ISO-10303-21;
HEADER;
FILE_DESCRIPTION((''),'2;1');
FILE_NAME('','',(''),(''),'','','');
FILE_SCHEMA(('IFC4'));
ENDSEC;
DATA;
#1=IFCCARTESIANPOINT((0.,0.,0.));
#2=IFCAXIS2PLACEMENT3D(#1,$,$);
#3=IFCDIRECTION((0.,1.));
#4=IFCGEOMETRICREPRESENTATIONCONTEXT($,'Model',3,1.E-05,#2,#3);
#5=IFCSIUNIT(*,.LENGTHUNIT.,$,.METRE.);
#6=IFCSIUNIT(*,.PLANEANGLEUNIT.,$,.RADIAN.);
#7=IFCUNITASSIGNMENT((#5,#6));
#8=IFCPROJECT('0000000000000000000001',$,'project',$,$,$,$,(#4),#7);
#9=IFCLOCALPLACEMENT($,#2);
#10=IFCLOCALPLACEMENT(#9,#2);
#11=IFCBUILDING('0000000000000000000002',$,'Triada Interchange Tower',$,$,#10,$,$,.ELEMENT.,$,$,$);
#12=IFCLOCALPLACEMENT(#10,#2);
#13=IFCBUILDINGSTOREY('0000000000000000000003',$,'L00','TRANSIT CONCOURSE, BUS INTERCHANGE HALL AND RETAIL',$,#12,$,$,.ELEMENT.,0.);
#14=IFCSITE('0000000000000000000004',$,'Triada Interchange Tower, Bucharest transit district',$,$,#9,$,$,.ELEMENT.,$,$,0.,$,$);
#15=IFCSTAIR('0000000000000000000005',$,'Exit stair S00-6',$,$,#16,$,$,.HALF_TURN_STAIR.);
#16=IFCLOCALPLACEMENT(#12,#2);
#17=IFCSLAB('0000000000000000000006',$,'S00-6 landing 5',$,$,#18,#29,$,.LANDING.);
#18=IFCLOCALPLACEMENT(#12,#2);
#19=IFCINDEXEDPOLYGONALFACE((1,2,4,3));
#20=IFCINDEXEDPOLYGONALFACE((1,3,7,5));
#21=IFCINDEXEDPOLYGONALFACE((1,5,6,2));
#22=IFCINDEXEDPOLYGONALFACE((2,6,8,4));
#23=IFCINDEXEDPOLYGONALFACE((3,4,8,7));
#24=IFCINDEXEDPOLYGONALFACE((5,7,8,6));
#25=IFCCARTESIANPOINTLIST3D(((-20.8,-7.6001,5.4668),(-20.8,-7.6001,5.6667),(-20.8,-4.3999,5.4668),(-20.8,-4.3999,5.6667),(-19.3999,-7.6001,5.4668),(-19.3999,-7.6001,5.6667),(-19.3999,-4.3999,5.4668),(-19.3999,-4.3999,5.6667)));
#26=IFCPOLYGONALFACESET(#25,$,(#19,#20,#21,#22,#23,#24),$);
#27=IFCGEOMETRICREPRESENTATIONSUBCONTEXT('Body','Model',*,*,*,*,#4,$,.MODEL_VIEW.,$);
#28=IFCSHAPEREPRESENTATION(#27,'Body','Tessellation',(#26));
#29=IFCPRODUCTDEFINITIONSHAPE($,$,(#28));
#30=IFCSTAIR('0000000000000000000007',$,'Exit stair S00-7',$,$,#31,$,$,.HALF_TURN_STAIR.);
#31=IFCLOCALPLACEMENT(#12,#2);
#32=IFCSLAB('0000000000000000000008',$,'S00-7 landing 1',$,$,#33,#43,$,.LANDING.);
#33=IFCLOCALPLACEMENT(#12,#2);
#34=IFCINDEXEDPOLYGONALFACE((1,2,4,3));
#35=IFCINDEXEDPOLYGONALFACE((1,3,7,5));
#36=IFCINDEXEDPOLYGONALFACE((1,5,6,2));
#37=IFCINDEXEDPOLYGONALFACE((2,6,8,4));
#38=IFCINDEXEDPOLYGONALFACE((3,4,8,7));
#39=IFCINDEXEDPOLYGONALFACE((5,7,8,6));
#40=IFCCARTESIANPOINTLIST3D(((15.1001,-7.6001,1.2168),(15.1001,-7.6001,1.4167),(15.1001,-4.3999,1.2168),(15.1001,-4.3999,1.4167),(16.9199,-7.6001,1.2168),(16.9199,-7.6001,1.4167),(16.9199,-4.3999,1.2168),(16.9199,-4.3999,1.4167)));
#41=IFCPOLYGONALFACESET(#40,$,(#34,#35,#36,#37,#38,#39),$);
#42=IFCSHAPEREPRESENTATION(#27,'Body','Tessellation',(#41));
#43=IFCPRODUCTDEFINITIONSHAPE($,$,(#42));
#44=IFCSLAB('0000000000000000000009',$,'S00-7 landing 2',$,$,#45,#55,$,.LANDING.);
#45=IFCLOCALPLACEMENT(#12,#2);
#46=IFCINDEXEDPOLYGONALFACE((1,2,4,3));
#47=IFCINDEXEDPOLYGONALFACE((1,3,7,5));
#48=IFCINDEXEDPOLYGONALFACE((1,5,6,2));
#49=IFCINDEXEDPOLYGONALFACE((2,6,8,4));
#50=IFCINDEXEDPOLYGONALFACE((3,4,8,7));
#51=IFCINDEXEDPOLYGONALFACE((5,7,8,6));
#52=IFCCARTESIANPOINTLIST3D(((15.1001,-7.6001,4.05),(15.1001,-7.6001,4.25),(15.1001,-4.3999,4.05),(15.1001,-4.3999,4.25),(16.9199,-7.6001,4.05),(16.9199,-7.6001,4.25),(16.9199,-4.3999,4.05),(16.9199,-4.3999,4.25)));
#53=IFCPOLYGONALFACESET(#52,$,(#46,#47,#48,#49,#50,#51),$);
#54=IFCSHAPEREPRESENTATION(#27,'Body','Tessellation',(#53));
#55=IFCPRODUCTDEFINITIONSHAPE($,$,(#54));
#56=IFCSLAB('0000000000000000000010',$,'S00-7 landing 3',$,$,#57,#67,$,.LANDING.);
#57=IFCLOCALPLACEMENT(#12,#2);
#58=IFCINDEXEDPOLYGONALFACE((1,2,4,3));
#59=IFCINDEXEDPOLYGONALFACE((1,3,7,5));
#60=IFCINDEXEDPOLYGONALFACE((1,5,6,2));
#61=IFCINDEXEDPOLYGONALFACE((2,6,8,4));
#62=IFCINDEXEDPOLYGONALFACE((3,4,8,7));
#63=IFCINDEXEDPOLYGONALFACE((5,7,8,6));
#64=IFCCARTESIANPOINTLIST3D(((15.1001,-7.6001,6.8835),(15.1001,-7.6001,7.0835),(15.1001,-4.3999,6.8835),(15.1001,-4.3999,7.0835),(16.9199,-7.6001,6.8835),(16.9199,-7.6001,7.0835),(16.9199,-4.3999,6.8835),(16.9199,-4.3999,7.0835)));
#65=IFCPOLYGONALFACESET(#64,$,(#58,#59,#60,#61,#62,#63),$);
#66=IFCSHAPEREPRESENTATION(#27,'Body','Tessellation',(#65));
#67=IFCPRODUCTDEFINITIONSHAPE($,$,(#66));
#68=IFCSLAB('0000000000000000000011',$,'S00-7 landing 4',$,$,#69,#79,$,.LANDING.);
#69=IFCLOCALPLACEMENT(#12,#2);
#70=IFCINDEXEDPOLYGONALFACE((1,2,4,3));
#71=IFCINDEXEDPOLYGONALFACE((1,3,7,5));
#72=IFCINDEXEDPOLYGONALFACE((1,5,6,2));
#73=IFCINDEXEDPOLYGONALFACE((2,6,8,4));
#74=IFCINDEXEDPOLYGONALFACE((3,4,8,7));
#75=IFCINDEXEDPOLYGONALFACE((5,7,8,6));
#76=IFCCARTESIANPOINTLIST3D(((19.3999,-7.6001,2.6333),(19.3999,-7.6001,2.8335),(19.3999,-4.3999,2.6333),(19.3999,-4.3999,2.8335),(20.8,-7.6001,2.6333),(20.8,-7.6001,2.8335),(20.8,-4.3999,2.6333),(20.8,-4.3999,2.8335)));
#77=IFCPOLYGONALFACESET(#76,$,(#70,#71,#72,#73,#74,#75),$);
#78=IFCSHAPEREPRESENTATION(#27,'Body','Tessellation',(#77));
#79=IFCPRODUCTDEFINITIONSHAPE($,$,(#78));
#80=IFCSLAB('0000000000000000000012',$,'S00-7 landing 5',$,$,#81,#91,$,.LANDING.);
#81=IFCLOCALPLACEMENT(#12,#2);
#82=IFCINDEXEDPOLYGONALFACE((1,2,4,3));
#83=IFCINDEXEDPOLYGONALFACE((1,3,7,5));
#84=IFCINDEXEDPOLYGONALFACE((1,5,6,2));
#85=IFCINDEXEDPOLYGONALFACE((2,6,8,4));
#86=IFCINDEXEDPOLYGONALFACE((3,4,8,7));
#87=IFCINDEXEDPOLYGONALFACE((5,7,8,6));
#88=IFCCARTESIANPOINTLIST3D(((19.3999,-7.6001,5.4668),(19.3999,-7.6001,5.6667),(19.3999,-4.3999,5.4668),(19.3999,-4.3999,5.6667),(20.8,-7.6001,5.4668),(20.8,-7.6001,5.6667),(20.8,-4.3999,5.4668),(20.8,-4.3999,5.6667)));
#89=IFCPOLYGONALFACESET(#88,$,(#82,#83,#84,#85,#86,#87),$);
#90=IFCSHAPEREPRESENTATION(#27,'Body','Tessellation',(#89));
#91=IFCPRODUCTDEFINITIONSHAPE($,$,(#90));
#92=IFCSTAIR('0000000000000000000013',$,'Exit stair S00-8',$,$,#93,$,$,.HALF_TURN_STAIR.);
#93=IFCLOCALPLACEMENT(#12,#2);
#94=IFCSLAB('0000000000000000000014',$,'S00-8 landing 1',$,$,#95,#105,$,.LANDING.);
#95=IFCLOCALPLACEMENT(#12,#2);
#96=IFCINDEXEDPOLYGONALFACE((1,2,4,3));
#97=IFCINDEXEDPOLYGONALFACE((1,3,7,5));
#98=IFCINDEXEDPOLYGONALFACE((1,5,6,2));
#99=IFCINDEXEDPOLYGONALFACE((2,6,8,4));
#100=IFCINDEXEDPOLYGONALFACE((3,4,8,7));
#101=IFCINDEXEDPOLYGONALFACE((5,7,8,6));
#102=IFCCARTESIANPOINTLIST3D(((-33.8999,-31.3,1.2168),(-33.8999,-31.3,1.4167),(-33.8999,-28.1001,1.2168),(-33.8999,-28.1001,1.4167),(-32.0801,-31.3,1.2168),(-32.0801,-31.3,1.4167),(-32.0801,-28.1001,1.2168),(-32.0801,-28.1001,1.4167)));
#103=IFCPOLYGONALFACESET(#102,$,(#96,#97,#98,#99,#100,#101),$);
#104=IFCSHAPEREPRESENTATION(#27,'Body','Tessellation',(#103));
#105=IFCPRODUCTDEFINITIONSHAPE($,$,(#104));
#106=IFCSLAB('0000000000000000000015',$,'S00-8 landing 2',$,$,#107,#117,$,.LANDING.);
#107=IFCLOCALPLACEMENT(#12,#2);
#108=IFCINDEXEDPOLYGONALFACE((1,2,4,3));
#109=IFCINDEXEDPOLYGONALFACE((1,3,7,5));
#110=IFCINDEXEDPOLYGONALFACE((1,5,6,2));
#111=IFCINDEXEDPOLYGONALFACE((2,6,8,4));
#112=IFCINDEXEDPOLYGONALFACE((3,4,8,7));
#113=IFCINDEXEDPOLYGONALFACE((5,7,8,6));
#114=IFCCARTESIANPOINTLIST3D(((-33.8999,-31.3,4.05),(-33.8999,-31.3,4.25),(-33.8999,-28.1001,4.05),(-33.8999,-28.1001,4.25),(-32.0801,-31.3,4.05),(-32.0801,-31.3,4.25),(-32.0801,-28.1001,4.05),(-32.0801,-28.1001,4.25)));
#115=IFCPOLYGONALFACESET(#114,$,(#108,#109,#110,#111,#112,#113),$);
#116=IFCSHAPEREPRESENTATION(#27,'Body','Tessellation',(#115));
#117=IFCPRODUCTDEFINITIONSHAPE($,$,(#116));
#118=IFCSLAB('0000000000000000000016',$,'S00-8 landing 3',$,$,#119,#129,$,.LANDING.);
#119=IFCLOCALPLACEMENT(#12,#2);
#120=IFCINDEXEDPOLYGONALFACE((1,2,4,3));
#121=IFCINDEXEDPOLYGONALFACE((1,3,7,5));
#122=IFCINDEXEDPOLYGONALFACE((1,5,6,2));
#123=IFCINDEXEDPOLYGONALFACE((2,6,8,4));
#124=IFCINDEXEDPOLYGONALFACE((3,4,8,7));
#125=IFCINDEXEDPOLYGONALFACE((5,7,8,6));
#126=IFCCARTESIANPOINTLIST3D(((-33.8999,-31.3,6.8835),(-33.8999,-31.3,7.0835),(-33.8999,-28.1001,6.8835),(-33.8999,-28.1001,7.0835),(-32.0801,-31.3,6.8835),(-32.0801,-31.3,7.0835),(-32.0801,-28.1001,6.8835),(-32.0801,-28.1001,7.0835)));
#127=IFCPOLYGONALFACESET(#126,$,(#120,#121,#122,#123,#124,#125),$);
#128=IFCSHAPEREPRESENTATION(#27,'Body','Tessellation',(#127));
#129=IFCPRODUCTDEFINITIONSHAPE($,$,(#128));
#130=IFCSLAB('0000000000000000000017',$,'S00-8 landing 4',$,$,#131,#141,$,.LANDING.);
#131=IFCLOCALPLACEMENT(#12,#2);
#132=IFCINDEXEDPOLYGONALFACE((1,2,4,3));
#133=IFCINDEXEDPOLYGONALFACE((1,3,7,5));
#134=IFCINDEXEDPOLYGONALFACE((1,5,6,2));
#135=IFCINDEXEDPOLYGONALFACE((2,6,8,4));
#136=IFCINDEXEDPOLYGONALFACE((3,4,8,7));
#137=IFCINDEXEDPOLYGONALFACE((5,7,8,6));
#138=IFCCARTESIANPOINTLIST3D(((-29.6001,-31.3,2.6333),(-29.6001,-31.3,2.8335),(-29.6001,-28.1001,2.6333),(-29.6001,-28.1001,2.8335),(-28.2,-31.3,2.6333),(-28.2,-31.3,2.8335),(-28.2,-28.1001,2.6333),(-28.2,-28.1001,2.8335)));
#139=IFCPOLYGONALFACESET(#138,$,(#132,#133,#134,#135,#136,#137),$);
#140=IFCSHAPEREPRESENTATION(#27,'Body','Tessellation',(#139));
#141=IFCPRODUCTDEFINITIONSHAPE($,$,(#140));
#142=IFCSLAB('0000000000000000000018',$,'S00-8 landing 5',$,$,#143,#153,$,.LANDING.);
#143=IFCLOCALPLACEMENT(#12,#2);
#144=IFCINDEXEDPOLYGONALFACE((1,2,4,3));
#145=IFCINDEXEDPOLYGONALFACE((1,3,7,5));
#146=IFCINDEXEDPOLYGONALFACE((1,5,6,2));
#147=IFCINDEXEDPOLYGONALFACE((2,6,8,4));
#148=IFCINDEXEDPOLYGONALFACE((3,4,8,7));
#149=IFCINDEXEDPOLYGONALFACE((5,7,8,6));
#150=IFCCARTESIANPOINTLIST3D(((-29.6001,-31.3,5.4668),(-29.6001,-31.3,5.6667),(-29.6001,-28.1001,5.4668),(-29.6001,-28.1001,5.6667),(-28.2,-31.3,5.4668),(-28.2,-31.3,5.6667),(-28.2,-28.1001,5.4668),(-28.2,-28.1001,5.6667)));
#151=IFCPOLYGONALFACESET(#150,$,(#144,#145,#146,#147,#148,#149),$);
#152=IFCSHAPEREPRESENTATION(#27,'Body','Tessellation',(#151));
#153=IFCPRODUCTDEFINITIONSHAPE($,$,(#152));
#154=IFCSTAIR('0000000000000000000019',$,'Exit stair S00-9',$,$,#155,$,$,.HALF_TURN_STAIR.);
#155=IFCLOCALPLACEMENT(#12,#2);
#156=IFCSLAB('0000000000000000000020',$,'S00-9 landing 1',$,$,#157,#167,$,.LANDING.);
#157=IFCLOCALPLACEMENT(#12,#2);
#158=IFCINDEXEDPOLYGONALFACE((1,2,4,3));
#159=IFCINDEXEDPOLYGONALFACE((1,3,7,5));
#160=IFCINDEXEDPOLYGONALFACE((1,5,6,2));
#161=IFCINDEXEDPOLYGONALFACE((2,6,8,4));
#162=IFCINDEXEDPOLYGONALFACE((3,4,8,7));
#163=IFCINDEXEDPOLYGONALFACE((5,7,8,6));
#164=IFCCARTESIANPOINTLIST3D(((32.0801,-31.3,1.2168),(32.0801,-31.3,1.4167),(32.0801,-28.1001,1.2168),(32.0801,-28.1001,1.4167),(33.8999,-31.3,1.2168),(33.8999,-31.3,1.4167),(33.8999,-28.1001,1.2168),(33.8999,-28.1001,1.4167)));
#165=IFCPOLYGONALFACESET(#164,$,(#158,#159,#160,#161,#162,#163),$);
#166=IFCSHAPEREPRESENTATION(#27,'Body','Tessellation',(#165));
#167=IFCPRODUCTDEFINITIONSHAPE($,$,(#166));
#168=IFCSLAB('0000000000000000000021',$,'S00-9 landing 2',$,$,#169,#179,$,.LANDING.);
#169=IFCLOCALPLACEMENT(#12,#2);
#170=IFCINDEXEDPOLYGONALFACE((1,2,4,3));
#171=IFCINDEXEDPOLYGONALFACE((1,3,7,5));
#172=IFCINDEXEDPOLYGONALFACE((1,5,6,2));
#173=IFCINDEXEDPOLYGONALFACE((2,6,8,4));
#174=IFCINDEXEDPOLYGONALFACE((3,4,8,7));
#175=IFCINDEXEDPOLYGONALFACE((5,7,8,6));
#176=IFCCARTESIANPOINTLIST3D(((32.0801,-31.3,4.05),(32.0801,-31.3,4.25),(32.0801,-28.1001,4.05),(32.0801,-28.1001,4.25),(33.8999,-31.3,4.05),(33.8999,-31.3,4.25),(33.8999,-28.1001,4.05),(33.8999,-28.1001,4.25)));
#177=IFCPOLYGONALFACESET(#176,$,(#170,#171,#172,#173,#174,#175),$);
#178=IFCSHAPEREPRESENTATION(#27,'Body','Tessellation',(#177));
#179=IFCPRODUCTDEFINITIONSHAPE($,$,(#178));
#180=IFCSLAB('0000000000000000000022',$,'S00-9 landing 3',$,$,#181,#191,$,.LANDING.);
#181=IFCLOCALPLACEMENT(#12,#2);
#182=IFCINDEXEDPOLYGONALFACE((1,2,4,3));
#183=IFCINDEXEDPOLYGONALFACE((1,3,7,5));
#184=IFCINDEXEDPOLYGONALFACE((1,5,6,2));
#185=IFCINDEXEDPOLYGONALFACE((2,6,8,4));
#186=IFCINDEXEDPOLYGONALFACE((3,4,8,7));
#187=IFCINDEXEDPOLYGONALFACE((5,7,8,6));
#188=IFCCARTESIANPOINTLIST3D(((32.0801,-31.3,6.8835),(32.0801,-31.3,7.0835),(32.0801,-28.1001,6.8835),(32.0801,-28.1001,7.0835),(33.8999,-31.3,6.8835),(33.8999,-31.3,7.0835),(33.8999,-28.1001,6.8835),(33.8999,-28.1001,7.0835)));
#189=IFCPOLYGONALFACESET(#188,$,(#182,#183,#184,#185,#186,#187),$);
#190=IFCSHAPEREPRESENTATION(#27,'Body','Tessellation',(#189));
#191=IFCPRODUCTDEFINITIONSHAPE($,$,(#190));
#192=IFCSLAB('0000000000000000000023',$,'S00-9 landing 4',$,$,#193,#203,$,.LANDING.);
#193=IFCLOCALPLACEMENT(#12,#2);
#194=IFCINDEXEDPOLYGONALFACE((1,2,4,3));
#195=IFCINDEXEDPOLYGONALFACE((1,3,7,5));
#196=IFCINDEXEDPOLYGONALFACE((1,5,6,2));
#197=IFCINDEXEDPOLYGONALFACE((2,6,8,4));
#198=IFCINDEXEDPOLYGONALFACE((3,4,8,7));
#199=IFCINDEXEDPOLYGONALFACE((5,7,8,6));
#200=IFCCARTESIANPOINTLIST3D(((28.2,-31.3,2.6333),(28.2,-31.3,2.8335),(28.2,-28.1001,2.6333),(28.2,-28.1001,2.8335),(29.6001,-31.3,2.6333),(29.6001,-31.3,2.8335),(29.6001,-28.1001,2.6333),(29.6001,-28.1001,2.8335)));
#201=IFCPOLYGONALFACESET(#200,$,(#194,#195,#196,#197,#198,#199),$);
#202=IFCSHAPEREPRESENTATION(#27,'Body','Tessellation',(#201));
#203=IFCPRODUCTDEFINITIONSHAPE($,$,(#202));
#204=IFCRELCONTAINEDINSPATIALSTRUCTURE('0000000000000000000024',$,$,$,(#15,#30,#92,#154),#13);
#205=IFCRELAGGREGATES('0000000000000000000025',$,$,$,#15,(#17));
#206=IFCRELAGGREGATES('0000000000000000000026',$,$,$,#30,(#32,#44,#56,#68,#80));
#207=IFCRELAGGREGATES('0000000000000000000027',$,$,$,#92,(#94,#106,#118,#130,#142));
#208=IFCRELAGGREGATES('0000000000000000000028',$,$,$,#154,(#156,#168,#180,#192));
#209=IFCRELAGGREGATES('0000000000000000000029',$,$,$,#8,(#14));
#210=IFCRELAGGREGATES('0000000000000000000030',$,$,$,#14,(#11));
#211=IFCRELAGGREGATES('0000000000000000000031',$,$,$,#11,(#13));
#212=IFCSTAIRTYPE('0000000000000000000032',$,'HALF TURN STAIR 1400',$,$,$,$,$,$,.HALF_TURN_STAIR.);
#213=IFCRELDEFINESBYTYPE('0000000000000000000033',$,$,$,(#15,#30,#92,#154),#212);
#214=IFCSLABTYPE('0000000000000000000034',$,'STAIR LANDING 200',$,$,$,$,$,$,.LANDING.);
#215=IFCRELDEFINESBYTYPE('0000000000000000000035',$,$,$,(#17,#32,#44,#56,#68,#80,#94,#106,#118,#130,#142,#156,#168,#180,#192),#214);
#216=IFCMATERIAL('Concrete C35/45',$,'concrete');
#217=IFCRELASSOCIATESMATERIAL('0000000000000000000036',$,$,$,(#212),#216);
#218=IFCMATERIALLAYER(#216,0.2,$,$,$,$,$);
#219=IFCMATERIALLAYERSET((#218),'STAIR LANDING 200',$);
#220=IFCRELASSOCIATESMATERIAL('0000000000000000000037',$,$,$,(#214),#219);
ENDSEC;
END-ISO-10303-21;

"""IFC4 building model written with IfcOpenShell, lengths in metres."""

from ifc_helpers import new_model, si_unit, direction, frame, origin, place, context, subcontext, project, spatial, polyline, outline, extrude, material, layer, layer_set, type_object, element, aggregate, save


model = new_model("IFC4")

# Units and contexts
model_context = context("Model", 3, precision=1e-05, world=origin(), true_north=direction((0.0, 1.0)))
body_context = subcontext(model_context, "Body", "Model", "MODEL_VIEW")
ifc_project = project(units=[si_unit("LENGTHUNIT", "METRE"), si_unit("PLANEANGLEUNIT", "RADIAN")], contexts=[model_context])

# Site, building, storey
site_placement = place(None, origin())
site = spatial("IfcSite", under=ifc_project, at=site_placement, Name="Triada Interchange Tower, Bucharest transit district", CompositionType="ELEMENT", RefElevation=0.0)
building_placement = place(site_placement, origin())
building = spatial("IfcBuilding", under=site, at=building_placement, Name="Triada Interchange Tower", CompositionType="ELEMENT")
storey_placement = place(building_placement, origin())
storey = spatial("IfcBuildingStorey", under=building, at=storey_placement, Name="L00", Description="TRANSIT CONCOURSE, BUS INTERCHANGE HALL AND RETAIL", CompositionType="ELEMENT", Elevation=0.0)

# Stair, slab
ifc_material_1 = material(Name="Concrete C35/45", Category="concrete")
stair_type = type_object("IfcStairType", Name="HALF TURN STAIR 1400", PredefinedType="HALF_TURN_STAIR", material=ifc_material_1)
stair_1_placement = place(storey_placement, origin())
stair_1 = element("IfcStair", 1, at=stair_1_placement, inside=storey, type_object=stair_type, Name="Exit stair S00-6", PredefinedType="HALF_TURN_STAIR")
ifc_layer_1 = layer(ifc_material_1, 0.2)
ifc_layer_set_1 = layer_set([ifc_layer_1], Name="STAIR LANDING 200")
slab_type = type_object("IfcSlabType", Name="STAIR LANDING 200", PredefinedType="LANDING", material=ifc_layer_set_1)
slab_1_placement = place(storey_placement, frame((0.0, 0.0, 5.4668)))
slab_1 = element("IfcSlab", 2, at=slab_1_placement, type_object=slab_type, Name="S00-6 landing 5", PredefinedType="LANDING", context=body_context, shape_type="SweptSolid", body=[
    extrude(outline(polyline([(-19.3999, -4.3999), (-20.8, -4.3999), (-20.8, -7.6001), (-19.3999, -7.6001), (-19.3999, -4.3999)])), origin(), (0.0, 0.0, 1.0), 0.2),
])
aggregate(stair_1, [slab_1])

# Stairs, slabs
stair_2_placement = place(storey_placement, origin())
stair_2 = element("IfcStair", 3, at=stair_2_placement, inside=storey, type_object=stair_type, Name="Exit stair S00-7", PredefinedType="HALF_TURN_STAIR")
slab_2_placement = place(storey_placement, frame((0.0, 0.0, 1.2168)))
slab_2 = element("IfcSlab", 4, at=slab_2_placement, type_object=slab_type, Name="S00-7 landing 1", PredefinedType="LANDING", context=body_context, shape_type="SweptSolid", body=[
    extrude(outline(polyline([(15.1001, -7.6001), (16.9199, -7.6001), (16.9199, -4.3999), (15.1001, -4.3999), (15.1001, -7.6001)])), origin(), (0.0, 0.0, 1.0), 0.2),
])
slab_3_placement = place(storey_placement, frame((0.0, 0.0, 4.05)))
slab_3 = element("IfcSlab", 5, at=slab_3_placement, type_object=slab_type, Name="S00-7 landing 2", PredefinedType="LANDING", context=body_context, shape_type="SweptSolid", body=[
    extrude(outline(polyline([(15.1001, -7.6001), (16.9199, -7.6001), (16.9199, -4.3999), (15.1001, -4.3999), (15.1001, -7.6001)])), origin(), (0.0, 0.0, 1.0), 0.2),
])
slab_4_placement = place(storey_placement, frame((0.0, 0.0, 6.8835)))
slab_4 = element("IfcSlab", 6, at=slab_4_placement, type_object=slab_type, Name="S00-7 landing 3", PredefinedType="LANDING", context=body_context, shape_type="SweptSolid", body=[
    extrude(outline(polyline([(15.1001, -7.6001), (16.9199, -7.6001), (16.9199, -4.3999), (15.1001, -4.3999), (15.1001, -7.6001)])), origin(), (0.0, 0.0, 1.0), 0.2),
])
slab_5_placement = place(storey_placement, frame((0.0, 0.0, 2.6333)))
slab_5 = element("IfcSlab", 7, at=slab_5_placement, type_object=slab_type, Name="S00-7 landing 4", PredefinedType="LANDING", context=body_context, shape_type="SweptSolid", body=[
    extrude(outline(polyline([(19.3999, -7.6001), (20.8, -7.6001), (20.8, -4.3999), (19.3999, -4.3999), (19.3999, -7.6001)])), origin(), (0.0, 0.0, 1.0), 0.2002),
])
slab_6_placement = place(storey_placement, frame((0.0, 0.0, 5.4668)))
slab_6 = element("IfcSlab", 8, at=slab_6_placement, type_object=slab_type, Name="S00-7 landing 5", PredefinedType="LANDING", context=body_context, shape_type="SweptSolid", body=[
    extrude(outline(polyline([(19.3999, -7.6001), (20.8, -7.6001), (20.8, -4.3999), (19.3999, -4.3999), (19.3999, -7.6001)])), origin(), (0.0, 0.0, 1.0), 0.2),
])
aggregate(stair_2, [slab_2, slab_3, slab_4, slab_5, slab_6])
stair_3_placement = place(storey_placement, origin())
stair_3 = element("IfcStair", 9, at=stair_3_placement, inside=storey, type_object=stair_type, Name="Exit stair S00-8", PredefinedType="HALF_TURN_STAIR")
slab_7_placement = place(storey_placement, frame((0.0, 0.0, 1.2168)))
slab_7 = element("IfcSlab", 10, at=slab_7_placement, type_object=slab_type, Name="S00-8 landing 1", PredefinedType="LANDING", context=body_context, shape_type="SweptSolid", body=[
    extrude(outline(polyline([(-33.8999, -31.3), (-32.0801, -31.3), (-32.0801, -28.1001), (-33.8999, -28.1001), (-33.8999, -31.3)])), origin(), (0.0, 0.0, 1.0), 0.2),
])
slab_8_placement = place(storey_placement, frame((0.0, 0.0, 4.05)))
slab_8 = element("IfcSlab", 11, at=slab_8_placement, type_object=slab_type, Name="S00-8 landing 2", PredefinedType="LANDING", context=body_context, shape_type="SweptSolid", body=[
    extrude(outline(polyline([(-33.8999, -31.3), (-32.0801, -31.3), (-32.0801, -28.1001), (-33.8999, -28.1001), (-33.8999, -31.3)])), origin(), (0.0, 0.0, 1.0), 0.2),
])
slab_9_placement = place(storey_placement, frame((0.0, 0.0, 6.8835)))
slab_9 = element("IfcSlab", 12, at=slab_9_placement, type_object=slab_type, Name="S00-8 landing 3", PredefinedType="LANDING", context=body_context, shape_type="SweptSolid", body=[
    extrude(outline(polyline([(-33.8999, -31.3), (-32.0801, -31.3), (-32.0801, -28.1001), (-33.8999, -28.1001), (-33.8999, -31.3)])), origin(), (0.0, 0.0, 1.0), 0.2),
])
slab_10_placement = place(storey_placement, frame((0.0, 0.0, 2.6333)))
slab_10 = element("IfcSlab", 13, at=slab_10_placement, type_object=slab_type, Name="S00-8 landing 4", PredefinedType="LANDING", context=body_context, shape_type="SweptSolid", body=[
    extrude(outline(polyline([(-29.6001, -31.3), (-28.2, -31.3), (-28.2, -28.1001), (-29.6001, -28.1001), (-29.6001, -31.3)])), origin(), (0.0, 0.0, 1.0), 0.2002),
])
slab_11_placement = place(storey_placement, frame((0.0, 0.0, 5.4668)))
slab_11 = element("IfcSlab", 14, at=slab_11_placement, type_object=slab_type, Name="S00-8 landing 5", PredefinedType="LANDING", context=body_context, shape_type="SweptSolid", body=[
    extrude(outline(polyline([(-29.6001, -31.3), (-28.2, -31.3), (-28.2, -28.1001), (-29.6001, -28.1001), (-29.6001, -31.3)])), origin(), (0.0, 0.0, 1.0), 0.2),
])
aggregate(stair_3, [slab_7, slab_8, slab_9, slab_10, slab_11])
stair_4_placement = place(storey_placement, origin())
stair_4 = element("IfcStair", 15, at=stair_4_placement, inside=storey, type_object=stair_type, Name="Exit stair S00-9", PredefinedType="HALF_TURN_STAIR")
slab_12_placement = place(storey_placement, frame((0.0, 0.0, 1.2168)))
slab_12 = element("IfcSlab", 16, at=slab_12_placement, type_object=slab_type, Name="S00-9 landing 1", PredefinedType="LANDING", context=body_context, shape_type="SweptSolid", body=[
    extrude(outline(polyline([(33.8999, -28.1001), (32.0801, -28.1001), (32.0801, -31.3), (33.8999, -31.3), (33.8999, -28.1001)])), origin(), (0.0, 0.0, 1.0), 0.2),
])
slab_13_placement = place(storey_placement, frame((0.0, 0.0, 4.05)))
slab_13 = element("IfcSlab", 17, at=slab_13_placement, type_object=slab_type, Name="S00-9 landing 2", PredefinedType="LANDING", context=body_context, shape_type="SweptSolid", body=[
    extrude(outline(polyline([(33.8999, -28.1001), (32.0801, -28.1001), (32.0801, -31.3), (33.8999, -31.3), (33.8999, -28.1001)])), origin(), (0.0, 0.0, 1.0), 0.2),
])
slab_14_placement = place(storey_placement, frame((0.0, 0.0, 6.8835)))
slab_14 = element("IfcSlab", 18, at=slab_14_placement, type_object=slab_type, Name="S00-9 landing 3", PredefinedType="LANDING", context=body_context, shape_type="SweptSolid", body=[
    extrude(outline(polyline([(33.8999, -28.1001), (32.0801, -28.1001), (32.0801, -31.3), (33.8999, -31.3), (33.8999, -28.1001)])), origin(), (0.0, 0.0, 1.0), 0.2),
])
slab_15_placement = place(storey_placement, frame((0.0, 0.0, 2.6333)))
slab_15 = element("IfcSlab", 19, at=slab_15_placement, type_object=slab_type, Name="S00-9 landing 4", PredefinedType="LANDING", context=body_context, shape_type="SweptSolid", body=[
    extrude(outline(polyline([(29.6001, -28.1001), (28.2, -28.1001), (28.2, -31.3), (29.6001, -31.3), (29.6001, -28.1001)])), origin(), (0.0, 0.0, 1.0), 0.2002),
])
aggregate(stair_4, [slab_12, slab_13, slab_14, slab_15])

save(model, "model.ifc")
